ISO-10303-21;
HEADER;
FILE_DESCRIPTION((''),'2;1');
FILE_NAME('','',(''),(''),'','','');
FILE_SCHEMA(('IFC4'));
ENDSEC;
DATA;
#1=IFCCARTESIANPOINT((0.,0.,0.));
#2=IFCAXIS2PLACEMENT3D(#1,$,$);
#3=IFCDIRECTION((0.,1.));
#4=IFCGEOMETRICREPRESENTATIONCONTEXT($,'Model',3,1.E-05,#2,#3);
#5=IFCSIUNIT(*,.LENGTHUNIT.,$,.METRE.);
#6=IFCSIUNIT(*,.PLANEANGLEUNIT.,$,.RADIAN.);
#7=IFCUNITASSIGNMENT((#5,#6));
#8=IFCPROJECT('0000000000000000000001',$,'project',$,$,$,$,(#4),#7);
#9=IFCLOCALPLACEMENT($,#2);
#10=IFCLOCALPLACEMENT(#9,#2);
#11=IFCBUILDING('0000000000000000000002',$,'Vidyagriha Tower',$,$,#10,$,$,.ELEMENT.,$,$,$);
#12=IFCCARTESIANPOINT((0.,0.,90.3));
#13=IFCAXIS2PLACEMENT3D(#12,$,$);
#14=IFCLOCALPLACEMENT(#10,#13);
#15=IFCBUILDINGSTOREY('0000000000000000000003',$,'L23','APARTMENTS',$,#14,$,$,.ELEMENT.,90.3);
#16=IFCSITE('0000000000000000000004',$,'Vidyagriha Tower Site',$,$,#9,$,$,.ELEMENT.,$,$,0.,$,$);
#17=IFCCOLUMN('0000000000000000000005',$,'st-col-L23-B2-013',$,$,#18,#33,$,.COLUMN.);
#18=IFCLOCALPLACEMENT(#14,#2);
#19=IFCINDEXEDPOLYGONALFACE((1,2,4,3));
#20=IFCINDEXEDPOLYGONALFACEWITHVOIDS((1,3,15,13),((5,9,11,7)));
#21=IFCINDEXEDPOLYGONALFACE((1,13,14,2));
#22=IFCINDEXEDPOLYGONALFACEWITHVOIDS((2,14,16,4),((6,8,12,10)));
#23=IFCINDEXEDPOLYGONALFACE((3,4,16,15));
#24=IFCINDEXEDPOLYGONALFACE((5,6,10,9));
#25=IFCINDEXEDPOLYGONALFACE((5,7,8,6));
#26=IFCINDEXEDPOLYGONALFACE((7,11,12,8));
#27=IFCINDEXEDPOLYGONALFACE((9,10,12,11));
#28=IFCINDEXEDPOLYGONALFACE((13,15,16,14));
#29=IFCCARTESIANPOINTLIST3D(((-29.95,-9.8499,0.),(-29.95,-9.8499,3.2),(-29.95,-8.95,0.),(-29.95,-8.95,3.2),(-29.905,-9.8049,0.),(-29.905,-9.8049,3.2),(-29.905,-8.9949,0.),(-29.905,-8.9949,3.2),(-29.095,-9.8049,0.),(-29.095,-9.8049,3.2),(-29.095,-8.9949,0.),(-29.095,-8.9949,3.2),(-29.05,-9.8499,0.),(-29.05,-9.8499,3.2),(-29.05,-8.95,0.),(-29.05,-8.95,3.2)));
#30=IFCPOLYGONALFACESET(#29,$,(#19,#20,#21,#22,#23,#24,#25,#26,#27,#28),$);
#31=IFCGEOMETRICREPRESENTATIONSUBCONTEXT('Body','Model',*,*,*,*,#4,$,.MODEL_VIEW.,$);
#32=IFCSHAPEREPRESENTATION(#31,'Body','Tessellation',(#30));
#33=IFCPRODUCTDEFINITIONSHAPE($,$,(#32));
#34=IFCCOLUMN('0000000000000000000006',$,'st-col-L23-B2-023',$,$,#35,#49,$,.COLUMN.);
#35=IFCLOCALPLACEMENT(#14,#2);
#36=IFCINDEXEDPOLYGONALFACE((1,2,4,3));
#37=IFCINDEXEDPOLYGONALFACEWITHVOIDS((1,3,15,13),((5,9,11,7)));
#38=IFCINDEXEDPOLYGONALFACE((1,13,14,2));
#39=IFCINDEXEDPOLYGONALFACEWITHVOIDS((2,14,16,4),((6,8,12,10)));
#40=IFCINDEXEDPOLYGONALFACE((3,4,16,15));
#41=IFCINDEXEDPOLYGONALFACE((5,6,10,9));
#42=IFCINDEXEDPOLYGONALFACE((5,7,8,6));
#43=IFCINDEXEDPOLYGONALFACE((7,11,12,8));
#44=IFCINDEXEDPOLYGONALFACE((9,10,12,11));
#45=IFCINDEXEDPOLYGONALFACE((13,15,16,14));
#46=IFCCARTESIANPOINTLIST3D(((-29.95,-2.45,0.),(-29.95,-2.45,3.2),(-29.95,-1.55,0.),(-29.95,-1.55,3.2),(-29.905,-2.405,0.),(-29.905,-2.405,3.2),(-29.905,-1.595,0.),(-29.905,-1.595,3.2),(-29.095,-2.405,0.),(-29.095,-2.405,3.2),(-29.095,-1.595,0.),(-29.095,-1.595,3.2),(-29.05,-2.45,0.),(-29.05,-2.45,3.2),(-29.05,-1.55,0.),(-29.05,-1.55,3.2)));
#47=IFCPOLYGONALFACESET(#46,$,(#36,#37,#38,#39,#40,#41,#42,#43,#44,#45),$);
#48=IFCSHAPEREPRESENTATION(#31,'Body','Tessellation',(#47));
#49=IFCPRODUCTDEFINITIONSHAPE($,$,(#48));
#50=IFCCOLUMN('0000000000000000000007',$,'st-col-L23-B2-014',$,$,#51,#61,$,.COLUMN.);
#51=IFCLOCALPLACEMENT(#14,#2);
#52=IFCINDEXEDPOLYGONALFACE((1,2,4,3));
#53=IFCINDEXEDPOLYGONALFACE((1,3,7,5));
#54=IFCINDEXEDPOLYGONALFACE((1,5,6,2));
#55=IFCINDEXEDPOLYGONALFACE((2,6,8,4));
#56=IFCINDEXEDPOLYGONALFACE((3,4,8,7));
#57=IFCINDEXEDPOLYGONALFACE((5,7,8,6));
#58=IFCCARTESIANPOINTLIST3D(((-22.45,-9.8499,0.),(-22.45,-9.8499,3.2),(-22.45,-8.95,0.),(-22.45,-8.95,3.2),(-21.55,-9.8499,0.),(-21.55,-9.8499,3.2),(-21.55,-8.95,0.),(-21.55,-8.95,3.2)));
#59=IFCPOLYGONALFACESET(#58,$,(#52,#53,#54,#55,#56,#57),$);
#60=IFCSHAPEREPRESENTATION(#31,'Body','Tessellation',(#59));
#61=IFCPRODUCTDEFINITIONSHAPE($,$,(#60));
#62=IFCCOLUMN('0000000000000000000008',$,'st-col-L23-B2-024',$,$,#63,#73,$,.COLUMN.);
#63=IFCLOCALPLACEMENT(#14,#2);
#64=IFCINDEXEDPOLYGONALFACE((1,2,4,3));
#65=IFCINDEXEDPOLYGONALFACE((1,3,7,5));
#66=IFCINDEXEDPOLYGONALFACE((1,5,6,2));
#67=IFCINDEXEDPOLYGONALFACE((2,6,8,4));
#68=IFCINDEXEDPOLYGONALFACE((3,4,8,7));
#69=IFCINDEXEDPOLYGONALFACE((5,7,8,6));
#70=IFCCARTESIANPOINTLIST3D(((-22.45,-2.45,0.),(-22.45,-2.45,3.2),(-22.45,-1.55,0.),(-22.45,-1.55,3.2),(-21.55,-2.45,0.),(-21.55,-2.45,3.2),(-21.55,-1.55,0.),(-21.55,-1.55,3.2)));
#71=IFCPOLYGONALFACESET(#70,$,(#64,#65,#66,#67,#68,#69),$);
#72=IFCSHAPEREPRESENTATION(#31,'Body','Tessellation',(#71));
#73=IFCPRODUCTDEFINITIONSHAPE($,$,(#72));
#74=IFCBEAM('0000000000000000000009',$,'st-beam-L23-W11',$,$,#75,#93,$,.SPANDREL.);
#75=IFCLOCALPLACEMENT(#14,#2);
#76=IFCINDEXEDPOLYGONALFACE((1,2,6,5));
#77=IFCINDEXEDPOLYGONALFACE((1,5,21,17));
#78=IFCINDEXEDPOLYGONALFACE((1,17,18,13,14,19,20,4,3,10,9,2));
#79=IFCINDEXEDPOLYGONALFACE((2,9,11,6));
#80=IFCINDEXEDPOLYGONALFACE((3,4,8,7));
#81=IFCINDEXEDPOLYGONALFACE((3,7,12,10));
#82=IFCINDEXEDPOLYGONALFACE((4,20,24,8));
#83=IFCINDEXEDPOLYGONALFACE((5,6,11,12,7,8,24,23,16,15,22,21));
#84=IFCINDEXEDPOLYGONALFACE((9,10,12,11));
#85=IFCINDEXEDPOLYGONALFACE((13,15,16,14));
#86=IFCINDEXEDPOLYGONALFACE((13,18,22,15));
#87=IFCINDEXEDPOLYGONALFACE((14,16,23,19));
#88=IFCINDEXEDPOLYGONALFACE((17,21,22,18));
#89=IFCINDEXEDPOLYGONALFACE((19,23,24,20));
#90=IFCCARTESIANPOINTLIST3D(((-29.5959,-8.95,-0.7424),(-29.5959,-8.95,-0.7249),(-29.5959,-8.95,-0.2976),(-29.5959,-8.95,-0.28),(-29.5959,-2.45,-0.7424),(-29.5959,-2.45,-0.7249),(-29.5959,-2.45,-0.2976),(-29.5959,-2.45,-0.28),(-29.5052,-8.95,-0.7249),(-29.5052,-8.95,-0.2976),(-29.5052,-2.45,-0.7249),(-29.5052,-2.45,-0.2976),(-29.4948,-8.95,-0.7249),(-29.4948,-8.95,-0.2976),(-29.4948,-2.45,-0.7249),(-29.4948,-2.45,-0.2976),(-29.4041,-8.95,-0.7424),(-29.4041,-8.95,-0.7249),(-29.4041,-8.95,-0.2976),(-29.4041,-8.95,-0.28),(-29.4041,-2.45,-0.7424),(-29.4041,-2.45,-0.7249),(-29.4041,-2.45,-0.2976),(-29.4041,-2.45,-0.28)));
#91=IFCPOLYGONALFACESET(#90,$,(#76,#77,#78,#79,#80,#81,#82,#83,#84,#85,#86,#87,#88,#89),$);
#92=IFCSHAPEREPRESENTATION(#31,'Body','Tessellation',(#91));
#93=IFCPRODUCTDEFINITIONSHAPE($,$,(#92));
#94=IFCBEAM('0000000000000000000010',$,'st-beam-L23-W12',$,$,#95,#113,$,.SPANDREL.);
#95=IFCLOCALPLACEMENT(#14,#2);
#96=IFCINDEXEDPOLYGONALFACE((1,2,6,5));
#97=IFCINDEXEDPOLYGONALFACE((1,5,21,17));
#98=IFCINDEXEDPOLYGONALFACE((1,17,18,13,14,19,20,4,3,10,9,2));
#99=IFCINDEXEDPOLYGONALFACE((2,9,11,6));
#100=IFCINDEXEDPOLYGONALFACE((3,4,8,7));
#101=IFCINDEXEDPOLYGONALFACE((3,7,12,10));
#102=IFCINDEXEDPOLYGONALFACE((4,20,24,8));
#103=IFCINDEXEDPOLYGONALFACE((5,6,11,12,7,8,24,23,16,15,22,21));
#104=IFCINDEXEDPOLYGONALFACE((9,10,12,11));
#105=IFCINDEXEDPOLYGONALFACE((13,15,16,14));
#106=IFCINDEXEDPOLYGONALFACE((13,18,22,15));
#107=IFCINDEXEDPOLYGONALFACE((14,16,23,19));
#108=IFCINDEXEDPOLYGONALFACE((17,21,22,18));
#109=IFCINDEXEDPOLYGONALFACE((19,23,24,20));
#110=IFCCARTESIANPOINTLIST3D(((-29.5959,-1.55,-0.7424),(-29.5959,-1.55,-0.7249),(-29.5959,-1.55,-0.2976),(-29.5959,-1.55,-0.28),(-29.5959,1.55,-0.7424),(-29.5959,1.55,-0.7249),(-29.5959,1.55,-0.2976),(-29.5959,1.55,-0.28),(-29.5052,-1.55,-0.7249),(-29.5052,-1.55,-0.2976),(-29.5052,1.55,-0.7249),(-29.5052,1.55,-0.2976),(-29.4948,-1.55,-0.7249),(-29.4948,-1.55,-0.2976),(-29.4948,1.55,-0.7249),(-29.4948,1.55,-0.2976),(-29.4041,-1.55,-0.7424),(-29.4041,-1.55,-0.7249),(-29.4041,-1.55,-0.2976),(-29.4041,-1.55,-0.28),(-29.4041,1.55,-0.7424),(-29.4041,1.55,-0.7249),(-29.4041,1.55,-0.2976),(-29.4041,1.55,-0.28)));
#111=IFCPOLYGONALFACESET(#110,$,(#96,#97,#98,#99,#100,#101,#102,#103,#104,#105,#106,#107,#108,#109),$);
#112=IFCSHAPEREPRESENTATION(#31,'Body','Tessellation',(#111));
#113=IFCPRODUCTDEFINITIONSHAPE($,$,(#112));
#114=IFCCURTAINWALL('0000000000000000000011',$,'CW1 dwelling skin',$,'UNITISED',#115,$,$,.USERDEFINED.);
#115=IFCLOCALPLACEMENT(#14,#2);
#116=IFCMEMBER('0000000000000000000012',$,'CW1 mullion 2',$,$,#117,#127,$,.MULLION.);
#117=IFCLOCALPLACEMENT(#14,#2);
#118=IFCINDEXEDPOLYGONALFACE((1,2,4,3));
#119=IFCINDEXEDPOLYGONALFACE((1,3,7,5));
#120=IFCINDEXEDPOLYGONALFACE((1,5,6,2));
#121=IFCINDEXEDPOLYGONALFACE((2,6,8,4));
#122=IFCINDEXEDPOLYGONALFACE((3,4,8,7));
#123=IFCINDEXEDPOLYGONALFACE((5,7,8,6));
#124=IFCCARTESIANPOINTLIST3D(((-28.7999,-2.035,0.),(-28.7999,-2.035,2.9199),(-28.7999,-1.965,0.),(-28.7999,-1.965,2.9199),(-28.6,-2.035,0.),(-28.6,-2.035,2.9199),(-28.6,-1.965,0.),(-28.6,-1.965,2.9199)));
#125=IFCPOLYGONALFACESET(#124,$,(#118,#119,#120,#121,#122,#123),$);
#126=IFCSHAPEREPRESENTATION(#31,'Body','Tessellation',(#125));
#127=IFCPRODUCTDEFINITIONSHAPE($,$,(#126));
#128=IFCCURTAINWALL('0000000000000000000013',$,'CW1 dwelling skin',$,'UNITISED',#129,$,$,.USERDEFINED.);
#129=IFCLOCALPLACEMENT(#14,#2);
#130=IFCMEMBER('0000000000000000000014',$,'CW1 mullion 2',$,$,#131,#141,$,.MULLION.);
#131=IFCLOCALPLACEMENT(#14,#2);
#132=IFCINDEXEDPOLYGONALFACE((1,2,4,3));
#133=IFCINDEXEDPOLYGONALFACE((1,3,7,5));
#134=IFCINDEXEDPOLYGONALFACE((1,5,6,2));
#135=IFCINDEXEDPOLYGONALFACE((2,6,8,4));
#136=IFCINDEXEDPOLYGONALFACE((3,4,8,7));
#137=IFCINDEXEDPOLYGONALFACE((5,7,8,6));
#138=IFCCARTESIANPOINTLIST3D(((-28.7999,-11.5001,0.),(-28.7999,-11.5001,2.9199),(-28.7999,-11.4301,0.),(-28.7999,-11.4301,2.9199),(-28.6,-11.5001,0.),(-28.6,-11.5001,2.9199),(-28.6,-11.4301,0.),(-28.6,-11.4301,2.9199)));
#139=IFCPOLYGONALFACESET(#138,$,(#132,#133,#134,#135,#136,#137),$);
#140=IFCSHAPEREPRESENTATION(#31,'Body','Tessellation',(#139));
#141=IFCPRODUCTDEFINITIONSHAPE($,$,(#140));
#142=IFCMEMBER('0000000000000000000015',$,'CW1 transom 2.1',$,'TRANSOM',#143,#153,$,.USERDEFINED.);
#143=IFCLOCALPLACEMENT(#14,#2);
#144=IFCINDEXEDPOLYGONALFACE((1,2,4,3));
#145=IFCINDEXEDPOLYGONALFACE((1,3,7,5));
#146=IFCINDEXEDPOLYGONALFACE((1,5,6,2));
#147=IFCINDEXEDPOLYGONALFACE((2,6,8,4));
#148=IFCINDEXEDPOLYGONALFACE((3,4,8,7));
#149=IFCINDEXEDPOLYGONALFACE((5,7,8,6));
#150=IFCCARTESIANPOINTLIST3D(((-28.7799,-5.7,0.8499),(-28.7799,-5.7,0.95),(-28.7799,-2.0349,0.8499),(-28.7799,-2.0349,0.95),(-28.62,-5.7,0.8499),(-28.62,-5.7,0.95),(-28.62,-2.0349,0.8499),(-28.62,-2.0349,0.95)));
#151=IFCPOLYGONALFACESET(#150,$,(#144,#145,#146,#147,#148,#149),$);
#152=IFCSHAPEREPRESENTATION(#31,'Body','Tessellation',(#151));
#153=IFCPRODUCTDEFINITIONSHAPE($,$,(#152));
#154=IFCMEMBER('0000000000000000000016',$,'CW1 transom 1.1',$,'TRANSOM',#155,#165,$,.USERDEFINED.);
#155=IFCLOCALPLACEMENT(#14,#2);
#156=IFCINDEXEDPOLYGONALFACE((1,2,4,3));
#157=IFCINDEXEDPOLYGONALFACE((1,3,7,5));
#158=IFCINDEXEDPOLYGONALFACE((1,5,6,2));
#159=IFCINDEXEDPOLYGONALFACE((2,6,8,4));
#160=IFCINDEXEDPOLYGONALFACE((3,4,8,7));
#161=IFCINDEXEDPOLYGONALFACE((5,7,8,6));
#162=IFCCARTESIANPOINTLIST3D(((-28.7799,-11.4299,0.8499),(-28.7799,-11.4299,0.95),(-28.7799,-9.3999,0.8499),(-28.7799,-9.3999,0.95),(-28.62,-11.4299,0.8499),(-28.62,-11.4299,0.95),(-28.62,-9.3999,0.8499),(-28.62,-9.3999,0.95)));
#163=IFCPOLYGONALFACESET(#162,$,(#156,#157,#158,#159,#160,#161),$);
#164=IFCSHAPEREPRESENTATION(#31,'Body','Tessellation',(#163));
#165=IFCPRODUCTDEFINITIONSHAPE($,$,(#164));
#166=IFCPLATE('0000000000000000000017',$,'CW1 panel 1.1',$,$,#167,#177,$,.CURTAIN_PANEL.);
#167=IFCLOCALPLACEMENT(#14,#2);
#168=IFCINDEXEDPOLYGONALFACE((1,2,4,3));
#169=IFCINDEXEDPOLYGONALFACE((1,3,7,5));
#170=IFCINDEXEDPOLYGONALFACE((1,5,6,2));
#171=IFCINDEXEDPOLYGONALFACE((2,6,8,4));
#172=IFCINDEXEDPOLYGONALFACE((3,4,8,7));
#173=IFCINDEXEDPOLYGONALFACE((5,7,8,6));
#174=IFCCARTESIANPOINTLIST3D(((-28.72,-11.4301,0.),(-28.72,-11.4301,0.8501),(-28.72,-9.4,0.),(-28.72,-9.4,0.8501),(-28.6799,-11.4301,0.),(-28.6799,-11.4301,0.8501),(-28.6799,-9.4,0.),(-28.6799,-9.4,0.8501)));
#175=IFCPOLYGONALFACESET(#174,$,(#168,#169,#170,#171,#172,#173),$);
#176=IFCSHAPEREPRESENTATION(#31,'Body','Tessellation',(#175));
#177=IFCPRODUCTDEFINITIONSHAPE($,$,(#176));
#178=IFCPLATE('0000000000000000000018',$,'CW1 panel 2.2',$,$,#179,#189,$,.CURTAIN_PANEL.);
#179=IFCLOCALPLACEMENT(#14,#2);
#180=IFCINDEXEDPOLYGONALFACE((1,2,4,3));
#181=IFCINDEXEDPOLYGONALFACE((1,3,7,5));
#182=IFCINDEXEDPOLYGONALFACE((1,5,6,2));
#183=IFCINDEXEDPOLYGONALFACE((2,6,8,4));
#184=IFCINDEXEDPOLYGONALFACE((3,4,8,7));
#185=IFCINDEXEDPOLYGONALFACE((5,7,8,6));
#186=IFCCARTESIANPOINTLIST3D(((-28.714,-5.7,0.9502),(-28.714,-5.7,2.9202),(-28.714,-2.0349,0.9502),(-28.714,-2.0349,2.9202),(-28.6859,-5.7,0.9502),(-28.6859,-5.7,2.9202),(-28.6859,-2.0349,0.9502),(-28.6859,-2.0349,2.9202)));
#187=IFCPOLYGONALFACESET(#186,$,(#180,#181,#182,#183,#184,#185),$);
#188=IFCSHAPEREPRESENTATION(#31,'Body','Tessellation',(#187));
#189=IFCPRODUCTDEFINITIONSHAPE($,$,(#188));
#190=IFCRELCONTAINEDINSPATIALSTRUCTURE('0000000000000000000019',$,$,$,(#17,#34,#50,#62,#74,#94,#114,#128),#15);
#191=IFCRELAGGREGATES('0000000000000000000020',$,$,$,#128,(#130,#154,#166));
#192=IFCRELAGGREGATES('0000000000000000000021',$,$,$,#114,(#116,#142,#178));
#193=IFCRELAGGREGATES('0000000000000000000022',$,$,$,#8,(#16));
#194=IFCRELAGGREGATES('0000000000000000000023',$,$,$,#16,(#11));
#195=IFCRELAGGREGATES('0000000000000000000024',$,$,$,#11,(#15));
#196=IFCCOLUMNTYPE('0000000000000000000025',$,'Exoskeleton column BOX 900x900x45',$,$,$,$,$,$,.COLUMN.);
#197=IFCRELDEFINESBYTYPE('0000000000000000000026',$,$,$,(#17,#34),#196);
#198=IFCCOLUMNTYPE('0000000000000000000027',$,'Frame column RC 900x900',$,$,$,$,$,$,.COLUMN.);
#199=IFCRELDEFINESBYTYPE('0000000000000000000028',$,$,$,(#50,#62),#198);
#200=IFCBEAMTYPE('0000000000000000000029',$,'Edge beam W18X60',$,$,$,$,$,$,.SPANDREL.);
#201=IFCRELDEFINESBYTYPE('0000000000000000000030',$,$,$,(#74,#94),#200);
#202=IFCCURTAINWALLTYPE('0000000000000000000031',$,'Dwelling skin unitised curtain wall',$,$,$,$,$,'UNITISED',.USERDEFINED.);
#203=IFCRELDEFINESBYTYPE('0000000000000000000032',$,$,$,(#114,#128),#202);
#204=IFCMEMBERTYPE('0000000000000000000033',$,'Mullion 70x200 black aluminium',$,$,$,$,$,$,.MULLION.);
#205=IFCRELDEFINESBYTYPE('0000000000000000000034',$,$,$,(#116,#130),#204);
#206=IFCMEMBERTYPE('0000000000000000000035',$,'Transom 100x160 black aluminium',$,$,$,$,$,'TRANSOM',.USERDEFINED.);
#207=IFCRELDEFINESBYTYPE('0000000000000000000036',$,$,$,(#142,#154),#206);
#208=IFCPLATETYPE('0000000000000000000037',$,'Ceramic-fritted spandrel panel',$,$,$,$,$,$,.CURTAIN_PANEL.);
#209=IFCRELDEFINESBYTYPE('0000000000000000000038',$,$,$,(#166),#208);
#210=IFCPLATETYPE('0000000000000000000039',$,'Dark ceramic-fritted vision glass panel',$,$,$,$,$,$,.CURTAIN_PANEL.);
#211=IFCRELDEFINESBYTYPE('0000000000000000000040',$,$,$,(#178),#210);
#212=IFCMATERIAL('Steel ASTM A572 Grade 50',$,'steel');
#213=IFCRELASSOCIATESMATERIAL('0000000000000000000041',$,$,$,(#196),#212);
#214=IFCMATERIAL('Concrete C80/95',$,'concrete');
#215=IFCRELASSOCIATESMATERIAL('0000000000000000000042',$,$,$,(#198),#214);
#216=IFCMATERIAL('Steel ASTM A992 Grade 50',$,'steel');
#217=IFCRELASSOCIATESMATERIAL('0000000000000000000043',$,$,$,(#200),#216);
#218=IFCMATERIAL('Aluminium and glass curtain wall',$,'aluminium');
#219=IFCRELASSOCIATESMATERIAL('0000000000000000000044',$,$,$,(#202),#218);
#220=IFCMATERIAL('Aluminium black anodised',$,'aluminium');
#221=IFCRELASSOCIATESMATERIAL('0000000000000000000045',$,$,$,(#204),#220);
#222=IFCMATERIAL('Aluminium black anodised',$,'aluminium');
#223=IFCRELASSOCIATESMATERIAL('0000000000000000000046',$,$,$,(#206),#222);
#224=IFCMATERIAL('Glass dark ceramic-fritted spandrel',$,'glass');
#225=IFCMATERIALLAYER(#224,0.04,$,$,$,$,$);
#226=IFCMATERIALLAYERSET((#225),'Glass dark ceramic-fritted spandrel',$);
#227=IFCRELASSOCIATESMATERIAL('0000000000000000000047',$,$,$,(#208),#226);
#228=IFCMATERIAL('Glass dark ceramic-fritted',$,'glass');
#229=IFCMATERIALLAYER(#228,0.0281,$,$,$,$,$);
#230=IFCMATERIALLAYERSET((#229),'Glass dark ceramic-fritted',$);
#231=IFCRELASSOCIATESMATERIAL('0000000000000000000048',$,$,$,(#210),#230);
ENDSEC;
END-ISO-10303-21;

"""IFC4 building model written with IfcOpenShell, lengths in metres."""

from ifc_helpers import new_model, si_unit, direction, frame, origin, origin_2d, place, context, subcontext, project, spatial, rectangle, hollow_rectangle, i_section, extrude, material, layer, layer_set, material_profile, profile_set, type_object, element, aggregate, save


model = new_model("IFC4")

# Units and contexts
model_context = context("Model", 3, precision=1e-05, world=origin(), true_north=direction((0.0, 1.0)))
body_context = subcontext(model_context, "Body", "Model", "MODEL_VIEW")
ifc_project = project(units=[si_unit("LENGTHUNIT", "METRE"), si_unit("PLANEANGLEUNIT", "RADIAN")], contexts=[model_context])

# Site, building, storey
site_placement = place(None, origin())
site = spatial("IfcSite", under=ifc_project, at=site_placement, Name="Vidyagriha Tower Site", CompositionType="ELEMENT", RefElevation=0.0)
building_placement = place(site_placement, origin())
building = spatial("IfcBuilding", under=site, at=building_placement, Name="Vidyagriha Tower", CompositionType="ELEMENT")
storey_placement = place(building_placement, frame((0.0, 0.0, 90.3)))
storey = spatial("IfcBuildingStorey", under=building, at=storey_placement, Name="L23", Description="APARTMENTS", CompositionType="ELEMENT", Elevation=90.3)

# Columns
ifc_material_1 = material(Name="Steel ASTM A572 Grade 50", Category="steel")
ifc_material_profile_1 = material_profile(ifc_material_1, hollow_rectangle(XDim=0.8999, YDim=0.8999, WallThickness=0.0449, at=origin_2d()), Name="BOX 900x900x45")
ifc_profile_set_1 = profile_set([ifc_material_profile_1], Name="Steel ASTM A572 Grade 50")
column_type_1 = type_object("IfcColumnType", Name="Exoskeleton column BOX 900x900x45", PredefinedType="COLUMN", material=ifc_profile_set_1)
for number, where, name in (
    (1, (-29.5, -9.3999, 0.0), "st-col-L23-B2-013"),
    (2, (-29.5, -2.0, 0.0), "st-col-L23-B2-023"),
):
    element("IfcColumn", number, at=place(storey_placement, frame(where)), inside=storey, type_object=column_type_1, Name=name, PredefinedType="COLUMN", context=body_context, shape_type="SweptSolid", body=[
        extrude(hollow_rectangle(XDim=0.8999, YDim=0.8999, WallThickness=0.0449, at=origin_2d()), origin(), (0.0, 0.0, 1.0), 3.2),
    ])
ifc_material_2 = material(Name="Concrete C80/95", Category="concrete")
ifc_material_profile_2 = material_profile(ifc_material_2, rectangle(XDim=0.8999, YDim=0.8999, at=origin_2d()), Name="RC 900x900")
ifc_profile_set_2 = profile_set([ifc_material_profile_2], Name="Concrete C80/95")
column_type_2 = type_object("IfcColumnType", Name="Frame column RC 900x900", PredefinedType="COLUMN", material=ifc_profile_set_2)
for number, where, name in (
    (3, (-22.0, -9.3999, 0.0), "st-col-L23-B2-014"),
    (4, (-22.0, -2.0, 0.0), "st-col-L23-B2-024"),
):
    element("IfcColumn", number, at=place(storey_placement, frame(where)), inside=storey, type_object=column_type_2, Name=name, PredefinedType="COLUMN", context=body_context, shape_type="SweptSolid", body=[
        extrude(rectangle(XDim=0.8999, YDim=0.8999, at=origin_2d()), origin(), (0.0, 0.0, 1.0), 3.2),
    ])

# Beams
ifc_material_3 = material(Name="Steel ASTM A992 Grade 50", Category="steel")
ifc_material_profile_3 = material_profile(ifc_material_3, i_section(OverallWidth=0.1919, OverallDepth=0.4624, WebThickness=0.0105, FlangeThickness=0.0176, at=origin_2d()), Name="W18X60")
ifc_profile_set_3 = profile_set([ifc_material_profile_3], Name="Steel ASTM A992 Grade 50")
beam_type = type_object("IfcBeamType", Name="Edge beam W18X60", PredefinedType="SPANDREL", material=ifc_profile_set_3)
beam_1_placement = place(storey_placement, frame((-29.5, -8.95, -0.5112), z_axis=(0.0, 1.0, 0.0), x_axis=(-1.0, 0.0, 0.0)))
element("IfcBeam", 5, at=beam_1_placement, inside=storey, type_object=beam_type, Name="st-beam-L23-W11", PredefinedType="SPANDREL", context=body_context, shape_type="SweptSolid", body=[
    extrude(i_section(OverallWidth=0.1919, OverallDepth=0.4624, WebThickness=0.0105, FlangeThickness=0.0176, at=origin_2d()), origin(), (0.0, 0.0, 1.0), 6.5),
])
beam_2_placement = place(storey_placement, frame((-29.5, -1.55, -0.5112), z_axis=(0.0, 1.0, 0.0), x_axis=(-1.0, 0.0, 0.0)))
element("IfcBeam", 6, at=beam_2_placement, inside=storey, type_object=beam_type, Name="st-beam-L23-W12", PredefinedType="SPANDREL", context=body_context, shape_type="SweptSolid", body=[
    extrude(i_section(OverallWidth=0.1919, OverallDepth=0.4624, WebThickness=0.0105, FlangeThickness=0.0176, at=origin_2d()), origin(), (0.0, 0.0, 1.0), 3.1001),
])

# Curtain walls, members
ifc_material_4 = material(Name="Aluminium and glass curtain wall", Category="aluminium")
curtain_wall_type = type_object("IfcCurtainWallType", Name="Dwelling skin unitised curtain wall", ElementType="UNITISED", PredefinedType="USERDEFINED", material=ifc_material_4)
curtain_wall_1_placement = place(storey_placement, origin())
curtain_wall_1 = element("IfcCurtainWall", 7, at=curtain_wall_1_placement, inside=storey, type_object=curtain_wall_type, Name="CW1 dwelling skin", ObjectType="UNITISED", PredefinedType="USERDEFINED")
ifc_material_5 = material(Name="Aluminium black anodised", Category="aluminium")
ifc_material_profile_4 = material_profile(ifc_material_5, rectangle(XDim=0.2, YDim=0.0701, at=origin_2d()), Name="Mullion 70x200 black aluminium")
ifc_profile_set_4 = profile_set([ifc_material_profile_4], Name="Aluminium black anodised")
member_type_1 = type_object("IfcMemberType", Name="Mullion 70x200 black aluminium", PredefinedType="MULLION", material=ifc_profile_set_4)
member_1_placement = place(storey_placement, frame((-28.7, -2.0, 0.0)))
member_1 = element("IfcMember", 8, at=member_1_placement, type_object=member_type_1, Name="CW1 mullion 2", PredefinedType="MULLION", context=body_context, shape_type="SweptSolid", body=[
    extrude(rectangle(XDim=0.2, YDim=0.0701, at=origin_2d()), origin(), (0.0, 0.0, 1.0), 2.9199),
])
curtain_wall_2_placement = place(storey_placement, origin())
curtain_wall_2 = element("IfcCurtainWall", 9, at=curtain_wall_2_placement, inside=storey, type_object=curtain_wall_type, Name="CW1 dwelling skin", ObjectType="UNITISED", PredefinedType="USERDEFINED")
member_2_placement = place(storey_placement, frame((-28.7, -11.4651, 0.0)))
member_2 = element("IfcMember", 10, at=member_2_placement, type_object=member_type_1, Name="CW1 mullion 2", PredefinedType="MULLION", context=body_context, shape_type="SweptSolid", body=[
    extrude(rectangle(XDim=0.2, YDim=0.0701, at=origin_2d()), origin(), (0.0, 0.0, 1.0), 2.9199),
])

# Members
ifc_material_6 = material(Name="Aluminium black anodised", Category="aluminium")
ifc_material_profile_5 = material_profile(ifc_material_6, rectangle(XDim=0.1599, YDim=0.1001, at=origin_2d()), Name="Transom 100x160 black aluminium")
ifc_profile_set_5 = profile_set([ifc_material_profile_5], Name="Aluminium black anodised")
member_type_2 = type_object("IfcMemberType", Name="Transom 100x160 black aluminium", ElementType="TRANSOM", PredefinedType="USERDEFINED", material=ifc_profile_set_5)
member_3_placement = place(storey_placement, frame((-28.7, -2.0349, 0.8999), z_axis=(0.0, -1.0, 0.0), x_axis=(1.0, 0.0, 0.0)))
member_3 = element("IfcMember", 11, at=member_3_placement, type_object=member_type_2, Name="CW1 transom 2.1", ObjectType="TRANSOM", PredefinedType="USERDEFINED", context=body_context, shape_type="SweptSolid", body=[
    extrude(rectangle(XDim=0.1599, YDim=0.1001, at=origin_2d()), origin(), (0.0, 0.0, 1.0), 3.665),
])
member_4_placement = place(storey_placement, frame((-28.7, -9.3999, 0.8999), z_axis=(0.0, -1.0, 0.0), x_axis=(1.0, 0.0, 0.0)))
member_4 = element("IfcMember", 12, at=member_4_placement, type_object=member_type_2, Name="CW1 transom 1.1", ObjectType="TRANSOM", PredefinedType="USERDEFINED", context=body_context, shape_type="SweptSolid", body=[
    extrude(rectangle(XDim=0.1599, YDim=0.1001, at=origin_2d()), origin(), (0.0, 0.0, 1.0), 2.03),
])

# Plates
ifc_material_7 = material(Name="Glass dark ceramic-fritted spandrel", Category="glass")
ifc_layer_1 = layer(ifc_material_7, 0.04)
ifc_layer_set_1 = layer_set([ifc_layer_1], Name="Glass dark ceramic-fritted spandrel")
plate_type_1 = type_object("IfcPlateType", Name="Ceramic-fritted spandrel panel", PredefinedType="CURTAIN_PANEL", material=ifc_layer_set_1)
plate_1_placement = place(storey_placement, frame((-28.7, -10.415, 0.0), z_axis=(0.0, 0.0, 1.0), x_axis=(0.0, -1.0, 0.0)))
plate_1 = element("IfcPlate", 13, at=plate_1_placement, type_object=plate_type_1, Name="CW1 panel 1.1", PredefinedType="CURTAIN_PANEL", context=body_context, shape_type="SweptSolid", body=[
    extrude(rectangle(XDim=2.03, YDim=0.04, at=origin_2d()), origin(), (0.0, 0.0, 1.0), 0.8501),
])
ifc_material_8 = material(Name="Glass dark ceramic-fritted", Category="glass")
ifc_layer_2 = layer(ifc_material_8, 0.0281)
ifc_layer_set_2 = layer_set([ifc_layer_2], Name="Glass dark ceramic-fritted")
plate_type_2 = type_object("IfcPlateType", Name="Dark ceramic-fritted vision glass panel", PredefinedType="CURTAIN_PANEL", material=ifc_layer_set_2)
plate_2_placement = place(storey_placement, frame((-28.7, -3.8674, 0.9502), z_axis=(0.0, 0.0, 1.0), x_axis=(0.0, -1.0, 0.0)))
plate_2 = element("IfcPlate", 14, at=plate_2_placement, type_object=plate_type_2, Name="CW1 panel 2.2", PredefinedType="CURTAIN_PANEL", context=body_context, shape_type="SweptSolid", body=[
    extrude(rectangle(XDim=3.665, YDim=0.0281, at=origin_2d()), origin(), (0.0, 0.0, 1.0), 1.97),
])
aggregate(curtain_wall_2, [member_2, member_4, plate_1])
aggregate(curtain_wall_1, [member_1, member_3, plate_2])

save(model, "model.ifc")
